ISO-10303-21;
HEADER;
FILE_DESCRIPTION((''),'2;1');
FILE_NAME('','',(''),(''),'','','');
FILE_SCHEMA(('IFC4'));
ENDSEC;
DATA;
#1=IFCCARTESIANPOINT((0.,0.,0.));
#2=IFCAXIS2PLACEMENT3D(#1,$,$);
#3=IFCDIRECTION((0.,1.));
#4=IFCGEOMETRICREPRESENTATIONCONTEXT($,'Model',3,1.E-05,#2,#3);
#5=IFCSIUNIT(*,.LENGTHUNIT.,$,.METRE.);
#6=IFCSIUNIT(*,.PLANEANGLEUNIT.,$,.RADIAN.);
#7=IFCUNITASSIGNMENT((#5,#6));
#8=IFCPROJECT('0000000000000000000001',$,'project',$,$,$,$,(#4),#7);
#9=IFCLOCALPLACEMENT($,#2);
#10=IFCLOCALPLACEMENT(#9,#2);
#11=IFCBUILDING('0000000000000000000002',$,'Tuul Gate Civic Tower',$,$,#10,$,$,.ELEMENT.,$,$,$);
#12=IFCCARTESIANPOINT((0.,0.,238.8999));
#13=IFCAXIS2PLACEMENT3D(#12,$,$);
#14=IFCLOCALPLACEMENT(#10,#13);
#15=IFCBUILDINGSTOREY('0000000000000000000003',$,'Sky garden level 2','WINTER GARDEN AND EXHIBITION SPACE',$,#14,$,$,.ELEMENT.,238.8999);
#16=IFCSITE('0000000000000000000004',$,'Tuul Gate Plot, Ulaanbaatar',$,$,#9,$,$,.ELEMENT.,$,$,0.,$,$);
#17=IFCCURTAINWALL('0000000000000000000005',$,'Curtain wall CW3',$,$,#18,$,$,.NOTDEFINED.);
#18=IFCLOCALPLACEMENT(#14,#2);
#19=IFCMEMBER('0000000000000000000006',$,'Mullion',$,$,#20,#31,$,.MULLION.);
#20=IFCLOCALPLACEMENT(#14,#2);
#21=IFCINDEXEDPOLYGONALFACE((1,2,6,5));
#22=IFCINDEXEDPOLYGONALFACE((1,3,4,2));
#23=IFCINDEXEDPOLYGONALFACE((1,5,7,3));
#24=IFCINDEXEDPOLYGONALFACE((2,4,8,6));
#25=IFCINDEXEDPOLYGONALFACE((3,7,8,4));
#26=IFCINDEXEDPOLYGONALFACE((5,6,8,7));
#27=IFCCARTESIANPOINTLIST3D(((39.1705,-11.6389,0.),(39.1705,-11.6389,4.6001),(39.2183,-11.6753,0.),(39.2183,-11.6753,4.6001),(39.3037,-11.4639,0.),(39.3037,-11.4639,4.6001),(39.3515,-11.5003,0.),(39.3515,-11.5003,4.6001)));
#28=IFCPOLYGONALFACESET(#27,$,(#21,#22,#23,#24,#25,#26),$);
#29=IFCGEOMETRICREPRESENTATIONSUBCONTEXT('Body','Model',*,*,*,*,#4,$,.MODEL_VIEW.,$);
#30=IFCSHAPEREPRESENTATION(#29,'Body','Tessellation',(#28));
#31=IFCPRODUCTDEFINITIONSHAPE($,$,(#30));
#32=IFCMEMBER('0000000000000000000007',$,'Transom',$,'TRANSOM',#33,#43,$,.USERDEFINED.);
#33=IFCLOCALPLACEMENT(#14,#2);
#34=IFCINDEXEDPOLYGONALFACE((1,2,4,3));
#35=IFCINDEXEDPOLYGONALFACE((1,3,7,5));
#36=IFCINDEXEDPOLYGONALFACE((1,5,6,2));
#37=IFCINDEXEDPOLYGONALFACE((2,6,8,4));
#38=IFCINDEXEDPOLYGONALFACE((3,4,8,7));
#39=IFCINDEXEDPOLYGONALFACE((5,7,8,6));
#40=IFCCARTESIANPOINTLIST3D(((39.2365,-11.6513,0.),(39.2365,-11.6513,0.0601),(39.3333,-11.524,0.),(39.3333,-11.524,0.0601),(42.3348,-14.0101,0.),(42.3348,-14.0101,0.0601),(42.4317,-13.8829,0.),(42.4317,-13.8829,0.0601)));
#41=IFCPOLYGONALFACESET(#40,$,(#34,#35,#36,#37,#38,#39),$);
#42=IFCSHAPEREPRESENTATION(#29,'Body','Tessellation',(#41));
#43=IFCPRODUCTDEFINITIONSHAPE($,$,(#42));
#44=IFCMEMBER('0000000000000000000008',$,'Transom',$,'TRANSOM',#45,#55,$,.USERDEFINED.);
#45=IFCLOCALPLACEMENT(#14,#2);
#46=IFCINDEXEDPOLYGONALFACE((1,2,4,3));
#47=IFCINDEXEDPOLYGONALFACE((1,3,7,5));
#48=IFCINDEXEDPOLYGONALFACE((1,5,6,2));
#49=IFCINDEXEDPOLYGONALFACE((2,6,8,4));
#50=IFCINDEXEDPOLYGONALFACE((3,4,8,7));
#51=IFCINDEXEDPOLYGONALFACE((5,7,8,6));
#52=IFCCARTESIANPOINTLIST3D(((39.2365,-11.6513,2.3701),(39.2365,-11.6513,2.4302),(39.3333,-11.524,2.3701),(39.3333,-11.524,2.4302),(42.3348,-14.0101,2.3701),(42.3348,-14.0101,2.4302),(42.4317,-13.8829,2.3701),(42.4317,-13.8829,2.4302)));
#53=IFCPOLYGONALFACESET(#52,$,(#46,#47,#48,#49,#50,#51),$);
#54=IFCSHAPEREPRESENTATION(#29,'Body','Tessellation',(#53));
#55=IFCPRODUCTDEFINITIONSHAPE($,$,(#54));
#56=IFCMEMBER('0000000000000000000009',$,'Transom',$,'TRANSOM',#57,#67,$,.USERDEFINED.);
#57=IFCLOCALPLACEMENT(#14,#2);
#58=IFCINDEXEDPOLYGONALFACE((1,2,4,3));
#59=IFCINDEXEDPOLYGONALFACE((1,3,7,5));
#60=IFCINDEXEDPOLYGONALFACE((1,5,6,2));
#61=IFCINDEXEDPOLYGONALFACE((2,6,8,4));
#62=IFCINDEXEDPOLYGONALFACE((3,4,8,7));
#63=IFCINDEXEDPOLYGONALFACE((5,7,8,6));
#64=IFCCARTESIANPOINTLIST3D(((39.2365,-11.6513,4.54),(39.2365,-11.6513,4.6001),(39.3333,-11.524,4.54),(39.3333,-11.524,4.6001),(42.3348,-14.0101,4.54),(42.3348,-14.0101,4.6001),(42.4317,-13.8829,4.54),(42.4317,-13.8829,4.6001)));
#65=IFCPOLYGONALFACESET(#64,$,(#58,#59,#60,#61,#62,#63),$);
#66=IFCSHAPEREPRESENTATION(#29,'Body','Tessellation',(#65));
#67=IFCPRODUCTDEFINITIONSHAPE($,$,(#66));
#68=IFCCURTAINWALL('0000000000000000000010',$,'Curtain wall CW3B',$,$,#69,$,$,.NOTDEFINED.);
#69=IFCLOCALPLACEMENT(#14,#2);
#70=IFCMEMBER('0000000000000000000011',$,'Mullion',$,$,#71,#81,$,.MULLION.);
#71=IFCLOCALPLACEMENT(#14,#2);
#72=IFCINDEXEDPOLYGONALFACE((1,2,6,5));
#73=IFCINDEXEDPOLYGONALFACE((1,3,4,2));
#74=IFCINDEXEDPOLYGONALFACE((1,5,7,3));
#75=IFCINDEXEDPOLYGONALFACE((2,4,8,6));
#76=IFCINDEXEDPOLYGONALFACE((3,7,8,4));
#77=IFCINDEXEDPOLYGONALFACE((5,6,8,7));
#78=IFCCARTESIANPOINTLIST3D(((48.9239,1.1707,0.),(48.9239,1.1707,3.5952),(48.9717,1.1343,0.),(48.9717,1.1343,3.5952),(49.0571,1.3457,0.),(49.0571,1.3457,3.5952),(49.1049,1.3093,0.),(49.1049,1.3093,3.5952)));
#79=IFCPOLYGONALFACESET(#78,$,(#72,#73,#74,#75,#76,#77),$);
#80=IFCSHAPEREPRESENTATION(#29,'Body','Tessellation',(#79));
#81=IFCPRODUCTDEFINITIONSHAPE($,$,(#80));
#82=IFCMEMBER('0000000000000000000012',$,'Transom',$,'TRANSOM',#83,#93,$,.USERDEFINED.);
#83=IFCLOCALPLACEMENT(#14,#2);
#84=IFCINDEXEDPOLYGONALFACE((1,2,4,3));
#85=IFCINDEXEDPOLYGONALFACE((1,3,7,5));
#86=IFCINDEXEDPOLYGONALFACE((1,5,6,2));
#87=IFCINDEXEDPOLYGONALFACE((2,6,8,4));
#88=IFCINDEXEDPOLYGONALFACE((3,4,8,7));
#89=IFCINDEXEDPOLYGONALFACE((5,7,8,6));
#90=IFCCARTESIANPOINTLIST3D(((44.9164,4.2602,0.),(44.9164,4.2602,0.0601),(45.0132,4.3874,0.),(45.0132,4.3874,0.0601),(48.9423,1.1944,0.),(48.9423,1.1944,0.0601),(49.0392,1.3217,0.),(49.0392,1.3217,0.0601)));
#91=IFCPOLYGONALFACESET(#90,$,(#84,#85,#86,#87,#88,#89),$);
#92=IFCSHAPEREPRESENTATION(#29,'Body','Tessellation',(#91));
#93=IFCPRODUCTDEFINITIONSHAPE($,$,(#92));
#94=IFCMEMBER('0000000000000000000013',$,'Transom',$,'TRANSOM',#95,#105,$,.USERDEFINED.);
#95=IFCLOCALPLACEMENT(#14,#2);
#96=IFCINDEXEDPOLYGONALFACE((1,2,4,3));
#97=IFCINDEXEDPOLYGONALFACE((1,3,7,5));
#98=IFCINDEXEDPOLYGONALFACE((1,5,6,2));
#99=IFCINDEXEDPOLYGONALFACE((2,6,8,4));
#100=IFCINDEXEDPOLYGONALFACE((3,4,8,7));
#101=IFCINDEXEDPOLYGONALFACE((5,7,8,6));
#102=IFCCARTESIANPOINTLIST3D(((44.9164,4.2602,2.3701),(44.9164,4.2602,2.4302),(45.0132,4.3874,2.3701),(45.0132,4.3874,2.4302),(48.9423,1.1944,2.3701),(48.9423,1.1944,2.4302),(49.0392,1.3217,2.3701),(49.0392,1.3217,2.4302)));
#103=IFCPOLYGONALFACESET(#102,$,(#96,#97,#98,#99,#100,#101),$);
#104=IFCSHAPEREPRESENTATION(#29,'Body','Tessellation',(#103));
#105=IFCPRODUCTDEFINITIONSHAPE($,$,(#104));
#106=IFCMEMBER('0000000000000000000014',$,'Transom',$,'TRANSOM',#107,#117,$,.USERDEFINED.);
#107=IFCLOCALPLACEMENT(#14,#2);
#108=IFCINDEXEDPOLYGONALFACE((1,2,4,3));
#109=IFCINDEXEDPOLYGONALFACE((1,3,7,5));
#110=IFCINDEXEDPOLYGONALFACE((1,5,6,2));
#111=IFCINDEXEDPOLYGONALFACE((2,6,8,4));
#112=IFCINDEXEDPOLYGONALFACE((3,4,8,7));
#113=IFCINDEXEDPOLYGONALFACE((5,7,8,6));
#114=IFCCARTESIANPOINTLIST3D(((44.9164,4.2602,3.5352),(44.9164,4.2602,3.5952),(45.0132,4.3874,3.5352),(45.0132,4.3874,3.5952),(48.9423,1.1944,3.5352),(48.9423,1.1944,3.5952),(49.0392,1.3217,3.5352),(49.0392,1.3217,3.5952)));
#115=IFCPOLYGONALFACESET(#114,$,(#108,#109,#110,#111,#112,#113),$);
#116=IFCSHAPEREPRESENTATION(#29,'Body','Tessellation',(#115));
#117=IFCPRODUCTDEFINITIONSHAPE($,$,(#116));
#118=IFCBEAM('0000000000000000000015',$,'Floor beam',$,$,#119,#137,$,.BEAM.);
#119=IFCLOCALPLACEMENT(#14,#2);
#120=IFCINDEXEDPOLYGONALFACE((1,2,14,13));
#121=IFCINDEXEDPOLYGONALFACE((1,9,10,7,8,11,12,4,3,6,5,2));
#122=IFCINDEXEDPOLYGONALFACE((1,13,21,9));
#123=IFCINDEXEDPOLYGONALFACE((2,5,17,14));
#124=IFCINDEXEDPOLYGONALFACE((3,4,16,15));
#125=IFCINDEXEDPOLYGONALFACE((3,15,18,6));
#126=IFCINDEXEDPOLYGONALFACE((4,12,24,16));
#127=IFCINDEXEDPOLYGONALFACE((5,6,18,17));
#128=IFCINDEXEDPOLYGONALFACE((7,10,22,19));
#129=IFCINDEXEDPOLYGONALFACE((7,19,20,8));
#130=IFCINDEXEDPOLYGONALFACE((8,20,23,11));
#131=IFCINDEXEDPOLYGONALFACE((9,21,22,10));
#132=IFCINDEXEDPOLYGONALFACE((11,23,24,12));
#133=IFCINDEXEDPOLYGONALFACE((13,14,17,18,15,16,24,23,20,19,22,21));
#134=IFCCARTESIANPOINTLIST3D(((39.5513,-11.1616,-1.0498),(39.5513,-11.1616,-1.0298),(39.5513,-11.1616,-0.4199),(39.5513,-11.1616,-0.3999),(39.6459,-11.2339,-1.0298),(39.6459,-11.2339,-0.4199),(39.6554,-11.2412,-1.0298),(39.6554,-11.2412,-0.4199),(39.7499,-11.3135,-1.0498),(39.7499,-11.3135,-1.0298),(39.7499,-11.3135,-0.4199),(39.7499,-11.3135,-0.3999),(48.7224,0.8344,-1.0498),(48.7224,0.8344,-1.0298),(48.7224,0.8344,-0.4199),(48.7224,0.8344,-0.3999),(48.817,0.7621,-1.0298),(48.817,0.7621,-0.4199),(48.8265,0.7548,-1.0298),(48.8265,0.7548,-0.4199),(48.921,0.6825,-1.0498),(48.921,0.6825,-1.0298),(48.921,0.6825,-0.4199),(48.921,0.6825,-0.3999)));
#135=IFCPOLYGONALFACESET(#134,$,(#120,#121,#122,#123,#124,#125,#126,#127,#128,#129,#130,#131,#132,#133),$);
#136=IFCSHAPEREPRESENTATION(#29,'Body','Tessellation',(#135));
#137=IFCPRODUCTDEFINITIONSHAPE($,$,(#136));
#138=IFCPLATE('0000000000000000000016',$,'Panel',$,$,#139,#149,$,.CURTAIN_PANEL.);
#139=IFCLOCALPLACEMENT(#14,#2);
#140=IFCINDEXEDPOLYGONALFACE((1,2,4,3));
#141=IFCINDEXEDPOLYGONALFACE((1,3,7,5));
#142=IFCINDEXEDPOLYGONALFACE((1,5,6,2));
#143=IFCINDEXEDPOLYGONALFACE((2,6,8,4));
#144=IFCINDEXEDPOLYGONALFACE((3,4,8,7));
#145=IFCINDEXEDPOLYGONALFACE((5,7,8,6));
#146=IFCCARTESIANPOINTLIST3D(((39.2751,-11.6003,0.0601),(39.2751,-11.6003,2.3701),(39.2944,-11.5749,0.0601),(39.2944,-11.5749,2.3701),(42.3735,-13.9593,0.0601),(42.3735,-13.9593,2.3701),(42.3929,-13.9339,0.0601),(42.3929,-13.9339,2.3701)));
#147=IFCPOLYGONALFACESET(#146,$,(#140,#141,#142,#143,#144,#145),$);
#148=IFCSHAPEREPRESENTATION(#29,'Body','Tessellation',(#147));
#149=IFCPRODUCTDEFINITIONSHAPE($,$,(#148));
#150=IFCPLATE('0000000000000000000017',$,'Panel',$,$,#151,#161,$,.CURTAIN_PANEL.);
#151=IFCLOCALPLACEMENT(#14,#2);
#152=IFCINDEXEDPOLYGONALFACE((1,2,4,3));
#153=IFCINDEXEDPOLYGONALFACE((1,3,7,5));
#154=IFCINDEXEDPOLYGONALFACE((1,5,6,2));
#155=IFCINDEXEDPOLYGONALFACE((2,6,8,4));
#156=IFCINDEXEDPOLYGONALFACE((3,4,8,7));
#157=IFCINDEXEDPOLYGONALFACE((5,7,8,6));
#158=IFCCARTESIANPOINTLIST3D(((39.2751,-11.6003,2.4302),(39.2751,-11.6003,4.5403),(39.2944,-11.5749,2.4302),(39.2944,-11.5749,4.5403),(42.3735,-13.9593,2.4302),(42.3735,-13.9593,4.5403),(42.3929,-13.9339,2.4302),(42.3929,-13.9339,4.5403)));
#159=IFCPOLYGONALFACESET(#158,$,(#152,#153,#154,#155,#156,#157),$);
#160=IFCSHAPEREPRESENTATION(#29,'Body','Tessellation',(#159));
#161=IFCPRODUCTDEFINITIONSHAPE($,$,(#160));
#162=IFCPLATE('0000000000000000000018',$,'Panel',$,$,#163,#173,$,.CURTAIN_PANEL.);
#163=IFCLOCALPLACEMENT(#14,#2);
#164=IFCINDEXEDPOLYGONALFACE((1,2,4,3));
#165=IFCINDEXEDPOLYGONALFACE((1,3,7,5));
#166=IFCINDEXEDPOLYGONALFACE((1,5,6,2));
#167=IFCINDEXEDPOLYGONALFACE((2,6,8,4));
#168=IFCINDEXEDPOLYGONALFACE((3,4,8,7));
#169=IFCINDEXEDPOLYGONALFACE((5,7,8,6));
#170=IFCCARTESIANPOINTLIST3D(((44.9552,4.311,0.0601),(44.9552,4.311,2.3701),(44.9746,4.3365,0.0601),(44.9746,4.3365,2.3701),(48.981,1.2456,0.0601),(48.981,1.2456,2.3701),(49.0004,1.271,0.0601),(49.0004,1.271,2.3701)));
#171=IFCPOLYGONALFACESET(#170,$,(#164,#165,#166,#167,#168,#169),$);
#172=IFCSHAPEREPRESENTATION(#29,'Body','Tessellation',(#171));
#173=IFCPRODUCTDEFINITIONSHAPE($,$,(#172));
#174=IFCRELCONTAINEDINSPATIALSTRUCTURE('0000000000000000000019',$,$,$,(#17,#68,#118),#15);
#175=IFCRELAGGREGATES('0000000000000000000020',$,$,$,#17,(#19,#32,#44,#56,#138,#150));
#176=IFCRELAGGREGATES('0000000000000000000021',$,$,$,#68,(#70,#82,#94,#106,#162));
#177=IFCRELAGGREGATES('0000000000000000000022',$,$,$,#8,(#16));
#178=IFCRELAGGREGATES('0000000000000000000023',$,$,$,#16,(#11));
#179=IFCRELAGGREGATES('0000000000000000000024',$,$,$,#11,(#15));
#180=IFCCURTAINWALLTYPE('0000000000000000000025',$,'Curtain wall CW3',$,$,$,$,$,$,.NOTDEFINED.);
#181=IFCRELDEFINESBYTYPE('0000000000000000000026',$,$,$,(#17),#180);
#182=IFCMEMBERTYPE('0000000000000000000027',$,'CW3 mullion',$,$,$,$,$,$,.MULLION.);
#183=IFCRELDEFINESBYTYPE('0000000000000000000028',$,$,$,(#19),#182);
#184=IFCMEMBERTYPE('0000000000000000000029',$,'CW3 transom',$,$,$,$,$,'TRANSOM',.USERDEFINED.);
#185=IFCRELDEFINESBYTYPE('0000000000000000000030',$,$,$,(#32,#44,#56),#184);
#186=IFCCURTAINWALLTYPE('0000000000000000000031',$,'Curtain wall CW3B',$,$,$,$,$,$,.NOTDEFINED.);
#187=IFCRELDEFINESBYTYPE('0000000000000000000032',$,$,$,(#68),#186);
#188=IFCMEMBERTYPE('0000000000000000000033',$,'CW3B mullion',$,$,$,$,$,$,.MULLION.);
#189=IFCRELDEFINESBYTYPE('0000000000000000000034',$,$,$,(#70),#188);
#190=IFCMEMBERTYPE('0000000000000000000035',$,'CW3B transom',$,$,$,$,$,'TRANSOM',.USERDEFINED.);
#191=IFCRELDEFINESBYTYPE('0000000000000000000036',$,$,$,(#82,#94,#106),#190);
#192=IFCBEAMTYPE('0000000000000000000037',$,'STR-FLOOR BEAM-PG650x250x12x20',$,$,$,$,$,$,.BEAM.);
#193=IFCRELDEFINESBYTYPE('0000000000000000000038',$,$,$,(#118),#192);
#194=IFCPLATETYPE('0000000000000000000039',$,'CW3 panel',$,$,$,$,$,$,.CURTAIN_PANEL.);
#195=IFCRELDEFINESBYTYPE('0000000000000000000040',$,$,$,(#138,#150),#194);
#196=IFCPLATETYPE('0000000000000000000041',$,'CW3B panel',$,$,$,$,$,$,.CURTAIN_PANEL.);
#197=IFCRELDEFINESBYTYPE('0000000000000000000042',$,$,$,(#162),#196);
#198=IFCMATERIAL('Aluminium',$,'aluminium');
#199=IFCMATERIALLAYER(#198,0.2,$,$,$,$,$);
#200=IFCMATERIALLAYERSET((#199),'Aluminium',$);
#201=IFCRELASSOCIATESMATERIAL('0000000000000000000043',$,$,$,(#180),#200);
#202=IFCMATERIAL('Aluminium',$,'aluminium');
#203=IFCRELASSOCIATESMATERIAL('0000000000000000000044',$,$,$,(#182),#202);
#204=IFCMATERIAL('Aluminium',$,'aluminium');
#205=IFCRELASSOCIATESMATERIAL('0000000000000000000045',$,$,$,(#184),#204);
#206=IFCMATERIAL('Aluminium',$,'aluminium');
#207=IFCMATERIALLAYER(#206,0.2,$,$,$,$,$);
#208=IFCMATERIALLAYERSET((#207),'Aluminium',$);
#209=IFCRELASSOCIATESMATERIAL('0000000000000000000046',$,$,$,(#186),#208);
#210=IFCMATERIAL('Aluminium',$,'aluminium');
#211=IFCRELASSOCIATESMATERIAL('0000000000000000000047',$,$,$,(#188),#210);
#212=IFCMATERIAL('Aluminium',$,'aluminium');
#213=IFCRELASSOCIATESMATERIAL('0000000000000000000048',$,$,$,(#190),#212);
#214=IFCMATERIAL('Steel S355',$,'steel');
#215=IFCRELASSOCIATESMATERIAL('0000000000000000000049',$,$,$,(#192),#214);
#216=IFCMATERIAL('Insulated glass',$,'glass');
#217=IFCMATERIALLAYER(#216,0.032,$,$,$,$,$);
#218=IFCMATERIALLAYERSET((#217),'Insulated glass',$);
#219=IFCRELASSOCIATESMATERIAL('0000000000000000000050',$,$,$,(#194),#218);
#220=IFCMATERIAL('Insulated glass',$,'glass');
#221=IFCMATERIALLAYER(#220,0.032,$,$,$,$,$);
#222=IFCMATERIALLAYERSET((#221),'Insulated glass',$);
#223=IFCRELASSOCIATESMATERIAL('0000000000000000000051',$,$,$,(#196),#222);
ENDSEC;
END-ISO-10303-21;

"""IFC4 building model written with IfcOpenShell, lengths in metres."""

from ifc_helpers import new_model, si_unit, direction, frame, origin, origin_2d, place, context, subcontext, project, spatial, rectangle, i_section, extrude, material, layer, layer_set, material_profile, profile_set, type_object, element, aggregate, save


model = new_model("IFC4")

# Units and contexts
model_context = context("Model", 3, precision=1e-05, world=origin(), true_north=direction((0.0, 1.0)))
body_context = subcontext(model_context, "Body", "Model", "MODEL_VIEW")
ifc_project = project(units=[si_unit("LENGTHUNIT", "METRE"), si_unit("PLANEANGLEUNIT", "RADIAN")], contexts=[model_context])

# Site, building, storey
site_placement = place(None, origin())
site = spatial("IfcSite", under=ifc_project, at=site_placement, Name="Tuul Gate Plot, Ulaanbaatar", CompositionType="ELEMENT", RefElevation=0.0)
building_placement = place(site_placement, origin())
building = spatial("IfcBuilding", under=site, at=building_placement, Name="Tuul Gate Civic Tower", CompositionType="ELEMENT")
storey_placement = place(building_placement, frame((0.0, 0.0, 238.8999)))
storey = spatial("IfcBuildingStorey", under=building, at=storey_placement, Name="Sky garden level 2", Description="WINTER GARDEN AND EXHIBITION SPACE", CompositionType="ELEMENT", Elevation=238.8999)

# Curtain walls, members
ifc_material_1 = material(Name="Aluminium", Category="aluminium")
ifc_layer_1 = layer(ifc_material_1, 0.2)
ifc_layer_set_1 = layer_set([ifc_layer_1], Name="Aluminium")
curtain_wall_type_1 = type_object("IfcCurtainWallType", Name="Curtain wall CW3", PredefinedType="NOTDEFINED", material=ifc_layer_set_1)
curtain_wall_1_placement = place(storey_placement, origin())
curtain_wall_1 = element("IfcCurtainWall", 1, at=curtain_wall_1_placement, inside=storey, type_object=curtain_wall_type_1, Name="Curtain wall CW3", PredefinedType="NOTDEFINED")
ifc_material_2 = material(Name="Aluminium", Category="aluminium")
ifc_material_profile_1 = material_profile(ifc_material_2, rectangle(XDim=0.22, YDim=0.0601, at=origin_2d()), Name="CW3 mullion")
ifc_profile_set_1 = profile_set([ifc_material_profile_1], Name="Aluminium")
member_type_1 = type_object("IfcMemberType", Name="CW3 mullion", PredefinedType="MULLION", material=ifc_profile_set_1)
member_1_placement = place(storey_placement, frame((39.261, -11.5696, 0.0), z_axis=(0.0, 0.0, 1.0), x_axis=(0.605767, 0.795642, 0.0)))
member_1 = element("IfcMember", 2, at=member_1_placement, type_object=member_type_1, Name="Mullion", PredefinedType="MULLION", context=body_context, shape_type="SweptSolid", body=[
    extrude(rectangle(XDim=0.22, YDim=0.0601, at=origin_2d()), origin(), (0.0, 0.0, 1.0), 4.6001),
])
ifc_material_3 = material(Name="Aluminium", Category="aluminium")
ifc_material_profile_2 = material_profile(ifc_material_3, rectangle(XDim=0.1599, YDim=0.0601, at=origin_2d()), Name="CW3 transom")
ifc_profile_set_2 = profile_set([ifc_material_profile_2], Name="Aluminium")
member_type_2 = type_object("IfcMemberType", Name="CW3 transom", ElementType="TRANSOM", PredefinedType="USERDEFINED", material=ifc_profile_set_2)
member_2_placement = place(storey_placement, frame((39.2849, -11.5876, 0.03), z_axis=(0.795653, -0.605752, 0.0), x_axis=(0.605752, 0.795653, 0.0)))
member_2 = element("IfcMember", 3, at=member_2_placement, type_object=member_type_2, Name="Transom", ObjectType="TRANSOM", PredefinedType="USERDEFINED", context=body_context, shape_type="SweptSolid", body=[
    extrude(rectangle(XDim=0.1599, YDim=0.0601, at=origin_2d()), origin(), (0.0, 0.0, 1.0), 3.894),
])
member_3_placement = place(storey_placement, frame((39.2849, -11.5876, 2.4001), z_axis=(0.795653, -0.605752, 0.0), x_axis=(0.605752, 0.795653, 0.0)))
member_3 = element("IfcMember", 4, at=member_3_placement, type_object=member_type_2, Name="Transom", ObjectType="TRANSOM", PredefinedType="USERDEFINED", context=body_context, shape_type="SweptSolid", body=[
    extrude(rectangle(XDim=0.1599, YDim=0.0601, at=origin_2d()), origin(), (0.0, 0.0, 1.0), 3.894),
])
member_4_placement = place(storey_placement, frame((39.2849, -11.5876, 4.5701), z_axis=(0.795653, -0.605752, 0.0), x_axis=(0.605752, 0.795653, 0.0)))
member_4 = element("IfcMember", 5, at=member_4_placement, type_object=member_type_2, Name="Transom", ObjectType="TRANSOM", PredefinedType="USERDEFINED", context=body_context, shape_type="SweptSolid", body=[
    extrude(rectangle(XDim=0.1599, YDim=0.0601, at=origin_2d()), origin(), (0.0, 0.0, 1.0), 3.894),
])
ifc_material_4 = material(Name="Aluminium", Category="aluminium")
ifc_layer_2 = layer(ifc_material_4, 0.2)
ifc_layer_set_2 = layer_set([ifc_layer_2], Name="Aluminium")
curtain_wall_type_2 = type_object("IfcCurtainWallType", Name="Curtain wall CW3B", PredefinedType="NOTDEFINED", material=ifc_layer_set_2)
curtain_wall_2_placement = place(storey_placement, origin())
curtain_wall_2 = element("IfcCurtainWall", 6, at=curtain_wall_2_placement, inside=storey, type_object=curtain_wall_type_2, Name="Curtain wall CW3B", PredefinedType="NOTDEFINED")
ifc_material_5 = material(Name="Aluminium", Category="aluminium")
ifc_material_profile_3 = material_profile(ifc_material_5, rectangle(XDim=0.22, YDim=0.0601, at=origin_2d()), Name="CW3B mullion")
ifc_profile_set_3 = profile_set([ifc_material_profile_3], Name="Aluminium")
member_type_3 = type_object("IfcMemberType", Name="CW3B mullion", PredefinedType="MULLION", material=ifc_profile_set_3)
member_5_placement = place(storey_placement, frame((49.0144, 1.24, 0.0), z_axis=(0.0, 0.0, 1.0), x_axis=(-0.605809, -0.79561, 0.0)))
member_5 = element("IfcMember", 7, at=member_5_placement, type_object=member_type_3, Name="Mullion", PredefinedType="MULLION", context=body_context, shape_type="SweptSolid", body=[
    extrude(rectangle(XDim=0.22, YDim=0.0601, at=origin_2d()), origin(), (0.0, 0.0, 1.0), 3.5952),
])
ifc_material_6 = material(Name="Aluminium", Category="aluminium")
ifc_material_profile_4 = material_profile(ifc_material_6, rectangle(XDim=0.1599, YDim=0.0601, at=origin_2d()), Name="CW3B transom")
ifc_profile_set_4 = profile_set([ifc_material_profile_4], Name="Aluminium")
member_type_4 = type_object("IfcMemberType", Name="CW3B transom", ElementType="TRANSOM", PredefinedType="USERDEFINED", material=ifc_profile_set_4)
member_6_placement = place(storey_placement, frame((48.9907, 1.2581, 0.03), z_axis=(-0.79559, 0.605835, 0.0), x_axis=(-0.605835, -0.79559, 0.0)))
member_6 = element("IfcMember", 8, at=member_6_placement, type_object=member_type_4, Name="Transom", ObjectType="TRANSOM", PredefinedType="USERDEFINED", context=body_context, shape_type="SweptSolid", body=[
    extrude(rectangle(XDim=0.1599, YDim=0.0601, at=origin_2d()), origin(), (0.0, 0.0, 1.0), 5.0603),
])
member_7_placement = place(storey_placement, frame((48.9907, 1.2581, 2.4001), z_axis=(-0.79559, 0.605835, 0.0), x_axis=(-0.605835, -0.79559, 0.0)))
member_7 = element("IfcMember", 9, at=member_7_placement, type_object=member_type_4, Name="Transom", ObjectType="TRANSOM", PredefinedType="USERDEFINED", context=body_context, shape_type="SweptSolid", body=[
    extrude(rectangle(XDim=0.1599, YDim=0.0601, at=origin_2d()), origin(), (0.0, 0.0, 1.0), 5.0603),
])
member_8_placement = place(storey_placement, frame((48.9907, 1.2581, 3.5652), z_axis=(-0.79559, 0.605835, 0.0), x_axis=(-0.605835, -0.79559, 0.0)))
member_8 = element("IfcMember", 10, at=member_8_placement, type_object=member_type_4, Name="Transom", ObjectType="TRANSOM", PredefinedType="USERDEFINED", context=body_context, shape_type="SweptSolid", body=[
    extrude(rectangle(XDim=0.1599, YDim=0.0601, at=origin_2d()), origin(), (0.0, 0.0, 1.0), 5.0603),
])

# Beam
ifc_material_7 = material(Name="Steel S355", Category="steel")
ifc_material_profile_5 = material_profile(ifc_material_7, i_section(OverallWidth=0.25, OverallDepth=0.6499, WebThickness=0.012, FlangeThickness=0.02, at=origin_2d()), Name="PG650x250x12x20")
ifc_profile_set_5 = profile_set([ifc_material_profile_5], Name="Steel S355")
beam_type = type_object("IfcBeamType", Name="STR-FLOOR BEAM-PG650x250x12x20", PredefinedType="BEAM", material=ifc_profile_set_5)
beam_placement = place(storey_placement, frame((39.6506, -11.2375, -0.7249), z_axis=(0.607352, 0.794433, 0.0), x_axis=(-0.794433, 0.607352, 0.0)))
element("IfcBeam", 11, at=beam_placement, inside=storey, type_object=beam_type, Name="Floor beam", PredefinedType="BEAM", context=body_context, shape_type="SweptSolid", body=[
    extrude(i_section(OverallWidth=0.25, OverallDepth=0.6499, WebThickness=0.012, FlangeThickness=0.02, at=origin_2d()), origin(), (0.0, 0.0, 1.0), 15.1001),
])

# Plates
ifc_material_8 = material(Name="Insulated glass", Category="glass")
ifc_layer_3 = layer(ifc_material_8, 0.032)
ifc_layer_set_3 = layer_set([ifc_layer_3], Name="Insulated glass")
plate_type_1 = type_object("IfcPlateType", Name="CW3 panel", PredefinedType="CURTAIN_PANEL", material=ifc_layer_set_3)
plate_1_placement = place(storey_placement, frame((40.834, -12.7671, 0.0601), z_axis=(0.0, 0.0, 1.0), x_axis=(0.795642, -0.605767, 0.0)))
plate_1 = element("IfcPlate", 12, at=plate_1_placement, type_object=plate_type_1, Name="Panel", PredefinedType="CURTAIN_PANEL", context=body_context, shape_type="SweptSolid", body=[
    extrude(rectangle(XDim=3.8943, YDim=0.032, at=origin_2d()), origin(), (0.0, 0.0, 1.0), 2.3101),
])
plate_2_placement = place(storey_placement, frame((40.834, -12.7671, 2.4302), z_axis=(0.0, 0.0, 1.0), x_axis=(0.795642, -0.605767, 0.0)))
plate_2 = element("IfcPlate", 13, at=plate_2_placement, type_object=plate_type_1, Name="Panel", PredefinedType="CURTAIN_PANEL", context=body_context, shape_type="SweptSolid", body=[
    extrude(rectangle(XDim=3.8943, YDim=0.032, at=origin_2d()), origin(), (0.0, 0.0, 1.0), 2.1101),
])
aggregate(curtain_wall_1, [member_1, member_2, member_3, member_4, plate_1, plate_2])
ifc_material_9 = material(Name="Insulated glass", Category="glass")
ifc_layer_4 = layer(ifc_material_9, 0.032)
ifc_layer_set_4 = layer_set([ifc_layer_4], Name="Insulated glass")
plate_type_2 = type_object("IfcPlateType", Name="CW3B panel", PredefinedType="CURTAIN_PANEL", material=ifc_layer_set_4)
plate_3_placement = place(storey_placement, frame((46.9778, 2.791, 0.0601), z_axis=(0.0, 0.0, 1.0), x_axis=(-0.79561, 0.605809, 0.0)))
plate_3 = element("IfcPlate", 14, at=plate_3_placement, type_object=plate_type_2, Name="Panel", PredefinedType="CURTAIN_PANEL", context=body_context, shape_type="SweptSolid", body=[
    extrude(rectangle(XDim=5.0601, YDim=0.032, at=origin_2d()), origin(), (0.0, 0.0, 1.0), 2.3101),
])
aggregate(curtain_wall_2, [member_5, member_6, member_7, member_8, plate_3])

save(model, "model.ifc")
